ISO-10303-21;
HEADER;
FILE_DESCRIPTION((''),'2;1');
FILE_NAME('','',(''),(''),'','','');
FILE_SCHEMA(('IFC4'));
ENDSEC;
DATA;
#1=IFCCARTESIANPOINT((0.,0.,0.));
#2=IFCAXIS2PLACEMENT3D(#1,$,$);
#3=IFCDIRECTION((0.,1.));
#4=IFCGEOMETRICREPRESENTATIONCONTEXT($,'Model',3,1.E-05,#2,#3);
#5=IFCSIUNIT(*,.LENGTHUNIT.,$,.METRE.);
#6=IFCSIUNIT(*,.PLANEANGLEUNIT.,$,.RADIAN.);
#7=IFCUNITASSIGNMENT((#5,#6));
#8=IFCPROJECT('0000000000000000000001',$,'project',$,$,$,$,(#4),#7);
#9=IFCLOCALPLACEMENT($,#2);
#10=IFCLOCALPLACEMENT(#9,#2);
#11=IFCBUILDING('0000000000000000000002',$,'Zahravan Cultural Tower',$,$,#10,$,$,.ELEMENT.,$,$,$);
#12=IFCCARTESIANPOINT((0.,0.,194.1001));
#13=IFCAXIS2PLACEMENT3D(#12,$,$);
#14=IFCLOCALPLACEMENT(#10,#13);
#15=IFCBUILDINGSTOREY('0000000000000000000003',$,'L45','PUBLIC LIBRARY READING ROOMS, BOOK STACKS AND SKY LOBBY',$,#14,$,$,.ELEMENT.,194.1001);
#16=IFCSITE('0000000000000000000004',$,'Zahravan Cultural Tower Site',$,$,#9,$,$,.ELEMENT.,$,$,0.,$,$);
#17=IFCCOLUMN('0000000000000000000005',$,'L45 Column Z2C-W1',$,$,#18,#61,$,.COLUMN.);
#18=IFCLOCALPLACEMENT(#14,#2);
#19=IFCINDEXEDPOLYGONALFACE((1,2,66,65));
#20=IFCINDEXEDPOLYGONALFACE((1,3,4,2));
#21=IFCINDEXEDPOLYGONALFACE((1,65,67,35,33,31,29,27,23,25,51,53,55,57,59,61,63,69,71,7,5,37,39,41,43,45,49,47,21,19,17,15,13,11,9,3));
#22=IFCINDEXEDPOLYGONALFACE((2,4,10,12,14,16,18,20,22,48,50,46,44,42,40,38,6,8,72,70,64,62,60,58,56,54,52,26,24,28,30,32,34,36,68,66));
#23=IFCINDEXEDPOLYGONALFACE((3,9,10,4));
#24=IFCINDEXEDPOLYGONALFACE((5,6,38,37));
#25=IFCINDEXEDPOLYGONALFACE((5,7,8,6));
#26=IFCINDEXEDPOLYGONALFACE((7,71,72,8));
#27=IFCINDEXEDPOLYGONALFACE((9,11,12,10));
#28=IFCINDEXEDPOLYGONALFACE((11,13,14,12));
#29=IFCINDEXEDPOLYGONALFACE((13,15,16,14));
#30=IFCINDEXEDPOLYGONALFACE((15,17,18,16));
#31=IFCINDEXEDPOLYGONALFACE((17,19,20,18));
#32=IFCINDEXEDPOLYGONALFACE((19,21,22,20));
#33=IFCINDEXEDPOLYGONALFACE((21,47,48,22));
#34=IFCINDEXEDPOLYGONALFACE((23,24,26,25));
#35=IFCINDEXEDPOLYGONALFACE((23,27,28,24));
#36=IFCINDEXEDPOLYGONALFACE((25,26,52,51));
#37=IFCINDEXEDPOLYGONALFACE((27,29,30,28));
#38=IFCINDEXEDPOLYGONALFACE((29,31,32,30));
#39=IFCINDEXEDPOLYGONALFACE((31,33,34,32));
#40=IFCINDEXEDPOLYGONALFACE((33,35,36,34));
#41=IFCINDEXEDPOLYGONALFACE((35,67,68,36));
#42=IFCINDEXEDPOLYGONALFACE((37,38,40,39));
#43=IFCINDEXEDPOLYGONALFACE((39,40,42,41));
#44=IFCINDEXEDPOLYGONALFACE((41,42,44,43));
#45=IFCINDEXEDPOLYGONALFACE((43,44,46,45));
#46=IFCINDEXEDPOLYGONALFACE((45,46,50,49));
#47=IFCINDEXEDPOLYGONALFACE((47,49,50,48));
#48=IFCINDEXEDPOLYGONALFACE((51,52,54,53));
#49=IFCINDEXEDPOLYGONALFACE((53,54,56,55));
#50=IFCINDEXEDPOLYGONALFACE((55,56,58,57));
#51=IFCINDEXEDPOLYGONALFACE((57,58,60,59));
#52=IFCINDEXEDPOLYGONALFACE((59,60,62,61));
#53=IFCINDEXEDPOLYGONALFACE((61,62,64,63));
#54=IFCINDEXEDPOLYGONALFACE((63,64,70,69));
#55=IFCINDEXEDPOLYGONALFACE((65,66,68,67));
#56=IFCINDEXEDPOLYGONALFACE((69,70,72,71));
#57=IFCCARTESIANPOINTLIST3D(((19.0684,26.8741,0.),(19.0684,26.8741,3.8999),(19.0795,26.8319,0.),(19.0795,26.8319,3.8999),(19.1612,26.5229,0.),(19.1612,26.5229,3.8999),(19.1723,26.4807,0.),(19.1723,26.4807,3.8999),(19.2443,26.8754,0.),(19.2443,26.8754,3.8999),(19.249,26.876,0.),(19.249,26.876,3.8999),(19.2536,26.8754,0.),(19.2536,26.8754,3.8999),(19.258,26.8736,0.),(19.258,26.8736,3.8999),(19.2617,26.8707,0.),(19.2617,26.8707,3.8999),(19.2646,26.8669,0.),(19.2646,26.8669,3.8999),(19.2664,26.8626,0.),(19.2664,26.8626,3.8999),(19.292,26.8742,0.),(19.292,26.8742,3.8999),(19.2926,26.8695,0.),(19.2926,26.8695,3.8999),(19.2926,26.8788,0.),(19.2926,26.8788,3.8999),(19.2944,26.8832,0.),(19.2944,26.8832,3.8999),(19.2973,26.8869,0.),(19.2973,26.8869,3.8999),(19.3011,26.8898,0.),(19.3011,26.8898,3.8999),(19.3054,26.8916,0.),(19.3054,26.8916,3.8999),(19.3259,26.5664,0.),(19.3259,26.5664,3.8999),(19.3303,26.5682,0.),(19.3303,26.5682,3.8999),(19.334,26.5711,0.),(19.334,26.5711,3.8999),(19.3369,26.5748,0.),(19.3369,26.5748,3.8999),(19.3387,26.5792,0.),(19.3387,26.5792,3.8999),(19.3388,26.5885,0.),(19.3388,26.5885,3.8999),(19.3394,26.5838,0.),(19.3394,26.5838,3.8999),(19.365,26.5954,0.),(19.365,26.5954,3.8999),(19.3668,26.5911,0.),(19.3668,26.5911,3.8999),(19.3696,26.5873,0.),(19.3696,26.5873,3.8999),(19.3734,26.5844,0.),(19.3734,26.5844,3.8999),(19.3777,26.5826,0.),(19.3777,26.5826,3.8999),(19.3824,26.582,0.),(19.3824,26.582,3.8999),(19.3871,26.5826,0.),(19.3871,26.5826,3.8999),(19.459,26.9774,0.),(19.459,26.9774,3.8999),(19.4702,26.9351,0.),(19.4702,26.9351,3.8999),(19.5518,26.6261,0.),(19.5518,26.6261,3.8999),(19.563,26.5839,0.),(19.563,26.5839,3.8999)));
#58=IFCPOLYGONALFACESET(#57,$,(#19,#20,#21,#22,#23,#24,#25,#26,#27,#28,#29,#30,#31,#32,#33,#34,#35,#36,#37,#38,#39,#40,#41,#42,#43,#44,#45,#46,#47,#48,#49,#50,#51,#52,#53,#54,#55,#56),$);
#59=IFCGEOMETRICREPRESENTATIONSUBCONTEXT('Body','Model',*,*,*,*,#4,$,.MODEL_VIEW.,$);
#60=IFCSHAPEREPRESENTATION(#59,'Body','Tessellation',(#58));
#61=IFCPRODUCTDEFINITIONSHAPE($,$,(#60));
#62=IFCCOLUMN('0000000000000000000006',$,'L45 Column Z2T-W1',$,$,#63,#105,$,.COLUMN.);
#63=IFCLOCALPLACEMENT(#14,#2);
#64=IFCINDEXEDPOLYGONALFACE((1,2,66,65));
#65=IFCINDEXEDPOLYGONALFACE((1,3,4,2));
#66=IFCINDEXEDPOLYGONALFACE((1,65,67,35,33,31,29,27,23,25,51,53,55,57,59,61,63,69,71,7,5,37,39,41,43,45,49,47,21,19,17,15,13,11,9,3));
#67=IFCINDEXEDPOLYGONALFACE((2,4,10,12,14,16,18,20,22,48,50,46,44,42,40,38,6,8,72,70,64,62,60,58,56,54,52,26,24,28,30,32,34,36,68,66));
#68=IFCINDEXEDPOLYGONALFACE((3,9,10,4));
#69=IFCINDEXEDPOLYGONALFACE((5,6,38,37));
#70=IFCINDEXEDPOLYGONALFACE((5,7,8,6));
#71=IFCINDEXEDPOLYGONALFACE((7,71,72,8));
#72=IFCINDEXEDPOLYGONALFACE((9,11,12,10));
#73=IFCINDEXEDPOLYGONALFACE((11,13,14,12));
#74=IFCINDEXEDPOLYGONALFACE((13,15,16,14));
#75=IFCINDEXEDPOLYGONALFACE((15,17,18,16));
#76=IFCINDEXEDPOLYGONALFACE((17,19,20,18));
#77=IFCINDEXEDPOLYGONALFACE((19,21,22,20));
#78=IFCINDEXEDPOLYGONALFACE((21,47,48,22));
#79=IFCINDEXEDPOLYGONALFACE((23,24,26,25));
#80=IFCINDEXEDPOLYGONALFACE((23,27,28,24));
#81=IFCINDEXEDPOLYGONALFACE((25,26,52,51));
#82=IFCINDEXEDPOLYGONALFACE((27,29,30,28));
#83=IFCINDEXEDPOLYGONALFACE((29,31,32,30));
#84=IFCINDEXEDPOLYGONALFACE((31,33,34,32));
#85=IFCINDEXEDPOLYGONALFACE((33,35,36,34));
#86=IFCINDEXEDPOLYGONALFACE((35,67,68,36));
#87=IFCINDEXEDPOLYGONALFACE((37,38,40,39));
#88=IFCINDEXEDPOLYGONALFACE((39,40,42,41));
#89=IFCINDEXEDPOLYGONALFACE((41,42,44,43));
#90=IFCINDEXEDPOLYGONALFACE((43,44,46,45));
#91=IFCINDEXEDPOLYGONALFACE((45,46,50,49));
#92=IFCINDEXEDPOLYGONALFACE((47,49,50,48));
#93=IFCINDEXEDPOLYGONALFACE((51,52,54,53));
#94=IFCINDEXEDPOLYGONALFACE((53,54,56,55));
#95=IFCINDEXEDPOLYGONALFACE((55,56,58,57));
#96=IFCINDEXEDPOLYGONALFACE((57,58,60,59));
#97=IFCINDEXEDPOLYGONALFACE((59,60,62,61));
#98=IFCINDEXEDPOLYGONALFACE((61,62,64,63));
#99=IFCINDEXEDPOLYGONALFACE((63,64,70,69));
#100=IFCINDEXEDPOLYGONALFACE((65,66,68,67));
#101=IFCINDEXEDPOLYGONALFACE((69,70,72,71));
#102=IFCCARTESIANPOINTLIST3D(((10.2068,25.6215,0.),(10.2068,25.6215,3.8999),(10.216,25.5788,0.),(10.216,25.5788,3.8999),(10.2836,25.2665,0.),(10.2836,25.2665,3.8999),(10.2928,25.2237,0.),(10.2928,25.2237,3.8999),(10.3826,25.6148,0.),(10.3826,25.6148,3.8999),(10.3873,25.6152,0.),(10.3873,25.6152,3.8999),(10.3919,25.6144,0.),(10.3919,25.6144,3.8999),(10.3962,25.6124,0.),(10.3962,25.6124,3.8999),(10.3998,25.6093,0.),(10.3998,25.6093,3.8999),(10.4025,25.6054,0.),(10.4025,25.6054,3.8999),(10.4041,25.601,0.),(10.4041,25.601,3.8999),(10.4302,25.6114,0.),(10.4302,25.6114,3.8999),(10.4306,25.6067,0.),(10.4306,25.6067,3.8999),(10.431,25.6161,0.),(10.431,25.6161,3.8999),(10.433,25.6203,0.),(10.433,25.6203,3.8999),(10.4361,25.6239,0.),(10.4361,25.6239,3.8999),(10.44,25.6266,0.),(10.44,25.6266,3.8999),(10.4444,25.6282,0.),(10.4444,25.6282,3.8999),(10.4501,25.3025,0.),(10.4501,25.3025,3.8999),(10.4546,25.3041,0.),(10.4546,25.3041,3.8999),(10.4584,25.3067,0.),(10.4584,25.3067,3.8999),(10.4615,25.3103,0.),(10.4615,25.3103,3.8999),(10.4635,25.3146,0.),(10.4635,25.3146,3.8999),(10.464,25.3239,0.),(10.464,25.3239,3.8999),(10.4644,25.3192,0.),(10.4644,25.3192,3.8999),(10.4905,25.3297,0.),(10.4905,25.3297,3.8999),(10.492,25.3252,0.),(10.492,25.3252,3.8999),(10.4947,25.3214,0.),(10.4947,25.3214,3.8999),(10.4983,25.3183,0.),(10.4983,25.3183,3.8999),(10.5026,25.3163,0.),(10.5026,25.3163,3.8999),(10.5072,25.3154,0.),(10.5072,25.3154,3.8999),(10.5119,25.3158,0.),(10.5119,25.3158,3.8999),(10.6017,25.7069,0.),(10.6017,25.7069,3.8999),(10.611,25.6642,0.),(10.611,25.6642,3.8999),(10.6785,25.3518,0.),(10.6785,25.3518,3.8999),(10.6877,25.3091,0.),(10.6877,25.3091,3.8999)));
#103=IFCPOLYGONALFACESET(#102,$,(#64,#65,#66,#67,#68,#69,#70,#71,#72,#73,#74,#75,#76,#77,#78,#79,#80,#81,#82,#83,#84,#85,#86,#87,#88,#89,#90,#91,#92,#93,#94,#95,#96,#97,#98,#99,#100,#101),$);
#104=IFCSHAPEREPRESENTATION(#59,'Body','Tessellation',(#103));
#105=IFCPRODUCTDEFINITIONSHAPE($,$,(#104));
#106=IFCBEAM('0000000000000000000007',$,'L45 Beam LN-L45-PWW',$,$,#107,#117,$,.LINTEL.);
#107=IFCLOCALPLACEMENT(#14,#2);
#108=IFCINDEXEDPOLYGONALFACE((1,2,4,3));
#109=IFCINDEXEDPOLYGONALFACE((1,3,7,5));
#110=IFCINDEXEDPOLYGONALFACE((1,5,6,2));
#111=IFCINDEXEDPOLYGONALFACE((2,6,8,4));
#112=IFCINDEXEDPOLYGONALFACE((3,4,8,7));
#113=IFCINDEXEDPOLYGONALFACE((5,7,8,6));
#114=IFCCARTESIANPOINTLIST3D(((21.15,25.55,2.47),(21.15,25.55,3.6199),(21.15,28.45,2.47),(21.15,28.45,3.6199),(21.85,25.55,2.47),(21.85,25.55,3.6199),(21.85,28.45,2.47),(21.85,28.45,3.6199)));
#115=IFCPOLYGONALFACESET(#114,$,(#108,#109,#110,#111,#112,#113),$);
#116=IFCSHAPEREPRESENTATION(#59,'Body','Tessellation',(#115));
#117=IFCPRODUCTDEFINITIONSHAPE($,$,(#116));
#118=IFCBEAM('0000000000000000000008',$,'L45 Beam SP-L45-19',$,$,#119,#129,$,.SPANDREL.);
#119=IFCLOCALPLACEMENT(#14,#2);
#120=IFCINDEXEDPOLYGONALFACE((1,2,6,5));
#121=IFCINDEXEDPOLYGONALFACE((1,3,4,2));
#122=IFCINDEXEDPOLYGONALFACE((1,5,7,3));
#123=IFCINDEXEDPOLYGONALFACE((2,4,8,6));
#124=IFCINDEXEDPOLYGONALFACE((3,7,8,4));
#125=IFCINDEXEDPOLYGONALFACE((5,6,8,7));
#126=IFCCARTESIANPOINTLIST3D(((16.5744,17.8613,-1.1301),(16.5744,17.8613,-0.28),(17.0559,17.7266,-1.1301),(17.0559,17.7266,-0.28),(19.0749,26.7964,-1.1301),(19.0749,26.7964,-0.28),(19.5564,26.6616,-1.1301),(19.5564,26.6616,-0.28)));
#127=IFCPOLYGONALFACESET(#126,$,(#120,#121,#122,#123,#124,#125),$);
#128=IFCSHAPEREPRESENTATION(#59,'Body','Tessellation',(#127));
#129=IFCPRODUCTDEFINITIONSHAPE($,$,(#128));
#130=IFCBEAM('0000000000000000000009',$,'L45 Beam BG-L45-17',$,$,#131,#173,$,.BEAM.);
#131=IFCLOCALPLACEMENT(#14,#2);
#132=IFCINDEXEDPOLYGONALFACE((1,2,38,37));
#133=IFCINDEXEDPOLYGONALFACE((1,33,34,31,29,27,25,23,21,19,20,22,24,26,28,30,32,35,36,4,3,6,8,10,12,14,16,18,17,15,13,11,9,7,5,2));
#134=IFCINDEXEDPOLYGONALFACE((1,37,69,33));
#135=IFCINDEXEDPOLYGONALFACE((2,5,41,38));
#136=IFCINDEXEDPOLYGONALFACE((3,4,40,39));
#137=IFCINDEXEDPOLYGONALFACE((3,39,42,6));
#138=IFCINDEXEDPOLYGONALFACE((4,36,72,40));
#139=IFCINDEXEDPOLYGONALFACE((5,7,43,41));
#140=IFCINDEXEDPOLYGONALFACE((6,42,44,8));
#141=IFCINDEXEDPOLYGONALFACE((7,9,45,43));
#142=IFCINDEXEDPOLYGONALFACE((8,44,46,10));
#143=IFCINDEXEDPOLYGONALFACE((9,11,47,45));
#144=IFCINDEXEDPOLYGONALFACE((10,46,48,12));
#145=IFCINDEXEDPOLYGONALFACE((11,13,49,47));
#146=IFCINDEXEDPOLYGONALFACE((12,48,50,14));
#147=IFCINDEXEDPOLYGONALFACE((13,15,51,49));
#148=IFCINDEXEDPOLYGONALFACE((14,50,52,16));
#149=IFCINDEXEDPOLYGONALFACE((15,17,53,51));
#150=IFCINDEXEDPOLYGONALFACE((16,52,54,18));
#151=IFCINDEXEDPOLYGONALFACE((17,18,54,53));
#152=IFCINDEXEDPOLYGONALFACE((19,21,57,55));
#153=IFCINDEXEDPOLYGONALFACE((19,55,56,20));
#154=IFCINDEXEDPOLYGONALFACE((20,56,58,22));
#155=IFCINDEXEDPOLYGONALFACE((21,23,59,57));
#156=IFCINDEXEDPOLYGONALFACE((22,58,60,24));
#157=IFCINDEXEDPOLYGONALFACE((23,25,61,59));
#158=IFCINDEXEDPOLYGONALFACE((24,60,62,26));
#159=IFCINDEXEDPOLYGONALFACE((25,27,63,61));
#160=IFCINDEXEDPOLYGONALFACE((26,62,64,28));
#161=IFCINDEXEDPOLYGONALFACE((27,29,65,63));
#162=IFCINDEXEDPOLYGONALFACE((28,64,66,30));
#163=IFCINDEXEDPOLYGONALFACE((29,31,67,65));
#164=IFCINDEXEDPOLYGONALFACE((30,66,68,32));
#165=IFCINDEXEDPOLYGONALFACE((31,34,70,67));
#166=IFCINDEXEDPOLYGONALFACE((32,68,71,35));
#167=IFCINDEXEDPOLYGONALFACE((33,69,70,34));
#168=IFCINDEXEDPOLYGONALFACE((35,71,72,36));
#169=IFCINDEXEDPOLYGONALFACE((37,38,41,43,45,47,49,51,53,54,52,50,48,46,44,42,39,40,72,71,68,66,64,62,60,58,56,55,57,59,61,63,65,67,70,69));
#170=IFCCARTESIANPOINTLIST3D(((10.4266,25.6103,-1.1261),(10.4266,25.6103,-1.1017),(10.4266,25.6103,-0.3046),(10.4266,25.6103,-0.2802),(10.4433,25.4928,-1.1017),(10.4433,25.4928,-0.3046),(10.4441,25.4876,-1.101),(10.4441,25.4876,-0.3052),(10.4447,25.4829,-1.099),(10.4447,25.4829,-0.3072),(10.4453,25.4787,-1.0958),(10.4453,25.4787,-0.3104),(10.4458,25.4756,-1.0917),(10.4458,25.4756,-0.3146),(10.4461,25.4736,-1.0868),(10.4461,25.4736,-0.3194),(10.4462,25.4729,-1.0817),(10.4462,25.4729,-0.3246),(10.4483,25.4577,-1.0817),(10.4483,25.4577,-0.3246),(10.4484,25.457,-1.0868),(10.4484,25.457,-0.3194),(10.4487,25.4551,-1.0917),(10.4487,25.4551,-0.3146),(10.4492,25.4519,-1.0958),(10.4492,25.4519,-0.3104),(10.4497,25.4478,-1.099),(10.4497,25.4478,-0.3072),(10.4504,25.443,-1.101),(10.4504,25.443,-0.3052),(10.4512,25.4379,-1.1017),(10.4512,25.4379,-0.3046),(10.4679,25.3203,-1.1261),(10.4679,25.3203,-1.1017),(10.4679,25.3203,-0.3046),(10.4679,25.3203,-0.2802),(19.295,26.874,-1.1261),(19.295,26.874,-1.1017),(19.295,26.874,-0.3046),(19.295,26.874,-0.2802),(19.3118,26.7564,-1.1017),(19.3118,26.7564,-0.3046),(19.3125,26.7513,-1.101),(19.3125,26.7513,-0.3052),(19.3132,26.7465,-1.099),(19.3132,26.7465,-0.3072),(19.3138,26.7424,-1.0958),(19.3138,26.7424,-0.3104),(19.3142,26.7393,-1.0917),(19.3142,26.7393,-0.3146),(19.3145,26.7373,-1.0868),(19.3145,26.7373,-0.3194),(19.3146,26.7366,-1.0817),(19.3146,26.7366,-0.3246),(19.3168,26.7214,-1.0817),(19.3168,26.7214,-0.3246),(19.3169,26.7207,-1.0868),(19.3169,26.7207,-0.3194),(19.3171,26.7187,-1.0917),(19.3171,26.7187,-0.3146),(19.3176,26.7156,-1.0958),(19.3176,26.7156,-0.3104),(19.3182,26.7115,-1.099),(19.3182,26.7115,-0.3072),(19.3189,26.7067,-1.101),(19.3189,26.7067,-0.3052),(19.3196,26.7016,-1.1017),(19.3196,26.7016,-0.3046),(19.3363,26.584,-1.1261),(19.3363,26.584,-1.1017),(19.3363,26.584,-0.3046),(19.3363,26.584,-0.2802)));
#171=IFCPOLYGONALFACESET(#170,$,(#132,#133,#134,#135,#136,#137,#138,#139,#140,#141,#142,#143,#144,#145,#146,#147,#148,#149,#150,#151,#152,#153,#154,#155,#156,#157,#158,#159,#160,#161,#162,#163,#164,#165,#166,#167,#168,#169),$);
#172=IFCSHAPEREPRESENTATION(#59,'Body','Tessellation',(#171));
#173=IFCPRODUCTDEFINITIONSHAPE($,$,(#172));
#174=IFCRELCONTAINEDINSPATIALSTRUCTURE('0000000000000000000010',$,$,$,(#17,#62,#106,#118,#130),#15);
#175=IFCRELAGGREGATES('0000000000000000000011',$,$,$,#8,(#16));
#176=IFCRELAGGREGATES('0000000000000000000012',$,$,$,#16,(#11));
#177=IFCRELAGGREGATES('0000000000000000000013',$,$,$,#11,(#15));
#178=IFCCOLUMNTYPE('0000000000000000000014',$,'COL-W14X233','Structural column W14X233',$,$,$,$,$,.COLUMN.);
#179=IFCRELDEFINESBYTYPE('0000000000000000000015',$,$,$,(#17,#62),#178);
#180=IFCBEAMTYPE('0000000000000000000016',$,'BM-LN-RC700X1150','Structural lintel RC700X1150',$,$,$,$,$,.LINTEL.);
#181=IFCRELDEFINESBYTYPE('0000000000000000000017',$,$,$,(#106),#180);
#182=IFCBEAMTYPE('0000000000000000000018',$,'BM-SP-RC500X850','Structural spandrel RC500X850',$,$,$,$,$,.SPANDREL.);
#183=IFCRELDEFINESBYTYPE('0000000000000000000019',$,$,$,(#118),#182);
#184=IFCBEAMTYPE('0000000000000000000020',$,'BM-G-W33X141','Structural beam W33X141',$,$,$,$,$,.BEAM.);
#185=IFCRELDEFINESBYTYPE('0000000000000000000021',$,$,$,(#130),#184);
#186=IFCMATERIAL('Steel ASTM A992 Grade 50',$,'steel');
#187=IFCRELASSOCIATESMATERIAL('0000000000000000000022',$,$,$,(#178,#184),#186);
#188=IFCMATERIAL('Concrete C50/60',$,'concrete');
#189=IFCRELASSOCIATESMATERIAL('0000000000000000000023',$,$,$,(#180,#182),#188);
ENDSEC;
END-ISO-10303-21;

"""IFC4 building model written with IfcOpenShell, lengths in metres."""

from ifc_helpers import new_model, si_unit, direction, frame, origin, origin_2d, place, context, subcontext, project, spatial, rectangle, i_section, extrude, source, transform, mapped, material, material_profile, profile_set, type_object, element, save


model = new_model("IFC4")

# Units and contexts
model_context = context("Model", 3, precision=1e-05, world=origin(), true_north=direction((0.0, 1.0)))
body_context = subcontext(model_context, "Body", "Model", "MODEL_VIEW")
ifc_project = project(units=[si_unit("LENGTHUNIT", "METRE"), si_unit("PLANEANGLEUNIT", "RADIAN")], contexts=[model_context])

# Site, building, storey
site_placement = place(None, origin())
site = spatial("IfcSite", under=ifc_project, at=site_placement, Name="Zahravan Cultural Tower Site", CompositionType="ELEMENT", RefElevation=0.0)
building_placement = place(site_placement, origin())
building = spatial("IfcBuilding", under=site, at=building_placement, Name="Zahravan Cultural Tower", CompositionType="ELEMENT")
storey_placement = place(building_placement, frame((0.0, 0.0, 194.1001)))
storey = spatial("IfcBuildingStorey", under=building, at=storey_placement, Name="L45", Description="PUBLIC LIBRARY READING ROOMS, BOOK STACKS AND SKY LOBBY", CompositionType="ELEMENT", Elevation=194.1001)

# Columns
ifc_material_1 = material(Name="Steel ASTM A992 Grade 50", Category="steel")
ifc_material_profile_1 = material_profile(ifc_material_1, i_section(OverallWidth=0.4041, OverallDepth=0.407, WebThickness=0.0271, FlangeThickness=0.0437, FilletRadius=0.0181, at=origin_2d()), Name="W14X233")
ifc_profile_set_1 = profile_set([ifc_material_profile_1], Name="Steel ASTM A992 Grade 50")
column_type = type_object("IfcColumnType", Name="COL-W14X233", Description="Structural column W14X233", PredefinedType="COLUMN", material=ifc_profile_set_1)
shared_shape_1 = source(origin(), body_context, "Body", "SweptSolid", [
    extrude(i_section(OverallWidth=0.4041, OverallDepth=0.407, WebThickness=0.0271, FlangeThickness=0.0437, FilletRadius=0.0181, at=origin_2d()), origin(), (0.0, 0.0, 1.0), 3.8999),
])
for number, where, z_axis, x_axis, name in (
    (1, (19.3157, 26.729, 0.0), (0.0, 0.0, 1.0), (0.966823, 0.255446, 0.0), "L45 Column Z2C-W1"),
    (2, (10.4473, 25.4653, 0.0), (0.0, 0.0, 1.0), (0.977416, 0.211325, 0.0), "L45 Column Z2T-W1"),
):
    element("IfcColumn", number, at=place(storey_placement, frame(where, z_axis=z_axis, x_axis=x_axis)), inside=storey, type_object=column_type, Name=name, PredefinedType="COLUMN", context=body_context, shape_type="MappedRepresentation", body=[
        mapped(shared_shape_1, transform((0.0, 0.0, 0.0), x_axis=(1.0, 0.0, 0.0), y_axis=(0.0, 1.0, 0.0), z_axis=(0.0, 0.0, 1.0), scale=1.0)),
    ])

# Beams
ifc_material_2 = material(Name="Concrete C50/60", Category="concrete")
ifc_material_profile_2 = material_profile(ifc_material_2, rectangle(XDim=0.7, YDim=1.1499, at=origin_2d()), Name="RC700X1150")
ifc_profile_set_2 = profile_set([ifc_material_profile_2], Name="Concrete C50/60")
beam_type_1 = type_object("IfcBeamType", Name="BM-LN-RC700X1150", Description="Structural lintel RC700X1150", PredefinedType="LINTEL", material=ifc_profile_set_2)
shared_shape_2 = source(origin(), body_context, "Body", "SweptSolid", [
    extrude(rectangle(XDim=0.7, YDim=1.1499, at=origin_2d()), origin(), (0.0, 0.0, 1.0), 2.8999),
])
beam_1_placement = place(storey_placement, frame((21.5, 25.55, 3.0449), z_axis=(0.0, 1.0, 0.0), x_axis=(-1.0, 0.0, 0.0)))
element("IfcBeam", 3, at=beam_1_placement, inside=storey, type_object=beam_type_1, Name="L45 Beam LN-L45-PWW", PredefinedType="LINTEL", context=body_context, shape_type="MappedRepresentation", body=[
    mapped(shared_shape_2, transform((0.0, 0.0, 0.0), x_axis=(1.0, 0.0, 0.0), y_axis=(0.0, 1.0, 0.0), z_axis=(0.0, 0.0, 1.0), scale=1.0)),
])
ifc_material_profile_3 = material_profile(ifc_material_2, rectangle(XDim=0.5, YDim=0.8501, at=origin_2d()), Name="RC500X850")
ifc_profile_set_3 = profile_set([ifc_material_profile_3], Name="Concrete C50/60")
beam_type_2 = type_object("IfcBeamType", Name="BM-SP-RC500X850", Description="Structural spandrel RC500X850", PredefinedType="SPANDREL", material=ifc_profile_set_3)
shared_shape_3 = source(origin(), body_context, "Body", "SweptSolid", [
    extrude(rectangle(XDim=0.5, YDim=0.8501, at=origin_2d()), origin(), (0.0, 0.0, 1.0), 9.2783),
])
beam_2_placement = place(storey_placement, frame((19.3157, 26.729, -0.7051), z_axis=(-0.269497, -0.963001, 0.0), x_axis=(0.963001, -0.269497, 0.0)))
element("IfcBeam", 4, at=beam_2_placement, inside=storey, type_object=beam_type_2, Name="L45 Beam SP-L45-19", PredefinedType="SPANDREL", context=body_context, shape_type="MappedRepresentation", body=[
    mapped(shared_shape_3, transform((0.0, 0.0, 0.0), x_axis=(1.0, 0.0, 0.0), y_axis=(0.0, 1.0, 0.0), z_axis=(0.0, 0.0, 1.0), scale=1.0)),
])
ifc_material_profile_4 = material_profile(ifc_material_1, i_section(OverallWidth=0.293, OverallDepth=0.8459, WebThickness=0.0154, FlangeThickness=0.0244, FilletRadius=0.02, at=origin_2d()), Name="W33X141")
ifc_profile_set_4 = profile_set([ifc_material_profile_4], Name="Steel ASTM A992 Grade 50")
beam_type_3 = type_object("IfcBeamType", Name="BM-G-W33X141", Description="Structural beam W33X141", PredefinedType="BEAM", material=ifc_profile_set_4)
shared_shape_4 = source(origin(), body_context, "Body", "SweptSolid", [
    extrude(i_section(OverallWidth=0.293, OverallDepth=0.8459, WebThickness=0.0154, FlangeThickness=0.0244, FilletRadius=0.02, at=origin_2d()), origin(), (0.0, 0.0, 1.0), 8.958),
])
beam_3_placement = place(storey_placement, frame((19.3157, 26.729, -0.7031), z_axis=(-0.99, -0.141067, 0.0), x_axis=(0.141067, -0.99, 0.0)))
element("IfcBeam", 5, at=beam_3_placement, inside=storey, type_object=beam_type_3, Name="L45 Beam BG-L45-17", PredefinedType="BEAM", context=body_context, shape_type="MappedRepresentation", body=[
    mapped(shared_shape_4, transform((0.0, 0.0, 0.0), x_axis=(1.0, 0.0, 0.0), y_axis=(0.0, 1.0, 0.0), z_axis=(0.0, 0.0, 1.0), scale=1.0)),
])

save(model, "model.ifc")
